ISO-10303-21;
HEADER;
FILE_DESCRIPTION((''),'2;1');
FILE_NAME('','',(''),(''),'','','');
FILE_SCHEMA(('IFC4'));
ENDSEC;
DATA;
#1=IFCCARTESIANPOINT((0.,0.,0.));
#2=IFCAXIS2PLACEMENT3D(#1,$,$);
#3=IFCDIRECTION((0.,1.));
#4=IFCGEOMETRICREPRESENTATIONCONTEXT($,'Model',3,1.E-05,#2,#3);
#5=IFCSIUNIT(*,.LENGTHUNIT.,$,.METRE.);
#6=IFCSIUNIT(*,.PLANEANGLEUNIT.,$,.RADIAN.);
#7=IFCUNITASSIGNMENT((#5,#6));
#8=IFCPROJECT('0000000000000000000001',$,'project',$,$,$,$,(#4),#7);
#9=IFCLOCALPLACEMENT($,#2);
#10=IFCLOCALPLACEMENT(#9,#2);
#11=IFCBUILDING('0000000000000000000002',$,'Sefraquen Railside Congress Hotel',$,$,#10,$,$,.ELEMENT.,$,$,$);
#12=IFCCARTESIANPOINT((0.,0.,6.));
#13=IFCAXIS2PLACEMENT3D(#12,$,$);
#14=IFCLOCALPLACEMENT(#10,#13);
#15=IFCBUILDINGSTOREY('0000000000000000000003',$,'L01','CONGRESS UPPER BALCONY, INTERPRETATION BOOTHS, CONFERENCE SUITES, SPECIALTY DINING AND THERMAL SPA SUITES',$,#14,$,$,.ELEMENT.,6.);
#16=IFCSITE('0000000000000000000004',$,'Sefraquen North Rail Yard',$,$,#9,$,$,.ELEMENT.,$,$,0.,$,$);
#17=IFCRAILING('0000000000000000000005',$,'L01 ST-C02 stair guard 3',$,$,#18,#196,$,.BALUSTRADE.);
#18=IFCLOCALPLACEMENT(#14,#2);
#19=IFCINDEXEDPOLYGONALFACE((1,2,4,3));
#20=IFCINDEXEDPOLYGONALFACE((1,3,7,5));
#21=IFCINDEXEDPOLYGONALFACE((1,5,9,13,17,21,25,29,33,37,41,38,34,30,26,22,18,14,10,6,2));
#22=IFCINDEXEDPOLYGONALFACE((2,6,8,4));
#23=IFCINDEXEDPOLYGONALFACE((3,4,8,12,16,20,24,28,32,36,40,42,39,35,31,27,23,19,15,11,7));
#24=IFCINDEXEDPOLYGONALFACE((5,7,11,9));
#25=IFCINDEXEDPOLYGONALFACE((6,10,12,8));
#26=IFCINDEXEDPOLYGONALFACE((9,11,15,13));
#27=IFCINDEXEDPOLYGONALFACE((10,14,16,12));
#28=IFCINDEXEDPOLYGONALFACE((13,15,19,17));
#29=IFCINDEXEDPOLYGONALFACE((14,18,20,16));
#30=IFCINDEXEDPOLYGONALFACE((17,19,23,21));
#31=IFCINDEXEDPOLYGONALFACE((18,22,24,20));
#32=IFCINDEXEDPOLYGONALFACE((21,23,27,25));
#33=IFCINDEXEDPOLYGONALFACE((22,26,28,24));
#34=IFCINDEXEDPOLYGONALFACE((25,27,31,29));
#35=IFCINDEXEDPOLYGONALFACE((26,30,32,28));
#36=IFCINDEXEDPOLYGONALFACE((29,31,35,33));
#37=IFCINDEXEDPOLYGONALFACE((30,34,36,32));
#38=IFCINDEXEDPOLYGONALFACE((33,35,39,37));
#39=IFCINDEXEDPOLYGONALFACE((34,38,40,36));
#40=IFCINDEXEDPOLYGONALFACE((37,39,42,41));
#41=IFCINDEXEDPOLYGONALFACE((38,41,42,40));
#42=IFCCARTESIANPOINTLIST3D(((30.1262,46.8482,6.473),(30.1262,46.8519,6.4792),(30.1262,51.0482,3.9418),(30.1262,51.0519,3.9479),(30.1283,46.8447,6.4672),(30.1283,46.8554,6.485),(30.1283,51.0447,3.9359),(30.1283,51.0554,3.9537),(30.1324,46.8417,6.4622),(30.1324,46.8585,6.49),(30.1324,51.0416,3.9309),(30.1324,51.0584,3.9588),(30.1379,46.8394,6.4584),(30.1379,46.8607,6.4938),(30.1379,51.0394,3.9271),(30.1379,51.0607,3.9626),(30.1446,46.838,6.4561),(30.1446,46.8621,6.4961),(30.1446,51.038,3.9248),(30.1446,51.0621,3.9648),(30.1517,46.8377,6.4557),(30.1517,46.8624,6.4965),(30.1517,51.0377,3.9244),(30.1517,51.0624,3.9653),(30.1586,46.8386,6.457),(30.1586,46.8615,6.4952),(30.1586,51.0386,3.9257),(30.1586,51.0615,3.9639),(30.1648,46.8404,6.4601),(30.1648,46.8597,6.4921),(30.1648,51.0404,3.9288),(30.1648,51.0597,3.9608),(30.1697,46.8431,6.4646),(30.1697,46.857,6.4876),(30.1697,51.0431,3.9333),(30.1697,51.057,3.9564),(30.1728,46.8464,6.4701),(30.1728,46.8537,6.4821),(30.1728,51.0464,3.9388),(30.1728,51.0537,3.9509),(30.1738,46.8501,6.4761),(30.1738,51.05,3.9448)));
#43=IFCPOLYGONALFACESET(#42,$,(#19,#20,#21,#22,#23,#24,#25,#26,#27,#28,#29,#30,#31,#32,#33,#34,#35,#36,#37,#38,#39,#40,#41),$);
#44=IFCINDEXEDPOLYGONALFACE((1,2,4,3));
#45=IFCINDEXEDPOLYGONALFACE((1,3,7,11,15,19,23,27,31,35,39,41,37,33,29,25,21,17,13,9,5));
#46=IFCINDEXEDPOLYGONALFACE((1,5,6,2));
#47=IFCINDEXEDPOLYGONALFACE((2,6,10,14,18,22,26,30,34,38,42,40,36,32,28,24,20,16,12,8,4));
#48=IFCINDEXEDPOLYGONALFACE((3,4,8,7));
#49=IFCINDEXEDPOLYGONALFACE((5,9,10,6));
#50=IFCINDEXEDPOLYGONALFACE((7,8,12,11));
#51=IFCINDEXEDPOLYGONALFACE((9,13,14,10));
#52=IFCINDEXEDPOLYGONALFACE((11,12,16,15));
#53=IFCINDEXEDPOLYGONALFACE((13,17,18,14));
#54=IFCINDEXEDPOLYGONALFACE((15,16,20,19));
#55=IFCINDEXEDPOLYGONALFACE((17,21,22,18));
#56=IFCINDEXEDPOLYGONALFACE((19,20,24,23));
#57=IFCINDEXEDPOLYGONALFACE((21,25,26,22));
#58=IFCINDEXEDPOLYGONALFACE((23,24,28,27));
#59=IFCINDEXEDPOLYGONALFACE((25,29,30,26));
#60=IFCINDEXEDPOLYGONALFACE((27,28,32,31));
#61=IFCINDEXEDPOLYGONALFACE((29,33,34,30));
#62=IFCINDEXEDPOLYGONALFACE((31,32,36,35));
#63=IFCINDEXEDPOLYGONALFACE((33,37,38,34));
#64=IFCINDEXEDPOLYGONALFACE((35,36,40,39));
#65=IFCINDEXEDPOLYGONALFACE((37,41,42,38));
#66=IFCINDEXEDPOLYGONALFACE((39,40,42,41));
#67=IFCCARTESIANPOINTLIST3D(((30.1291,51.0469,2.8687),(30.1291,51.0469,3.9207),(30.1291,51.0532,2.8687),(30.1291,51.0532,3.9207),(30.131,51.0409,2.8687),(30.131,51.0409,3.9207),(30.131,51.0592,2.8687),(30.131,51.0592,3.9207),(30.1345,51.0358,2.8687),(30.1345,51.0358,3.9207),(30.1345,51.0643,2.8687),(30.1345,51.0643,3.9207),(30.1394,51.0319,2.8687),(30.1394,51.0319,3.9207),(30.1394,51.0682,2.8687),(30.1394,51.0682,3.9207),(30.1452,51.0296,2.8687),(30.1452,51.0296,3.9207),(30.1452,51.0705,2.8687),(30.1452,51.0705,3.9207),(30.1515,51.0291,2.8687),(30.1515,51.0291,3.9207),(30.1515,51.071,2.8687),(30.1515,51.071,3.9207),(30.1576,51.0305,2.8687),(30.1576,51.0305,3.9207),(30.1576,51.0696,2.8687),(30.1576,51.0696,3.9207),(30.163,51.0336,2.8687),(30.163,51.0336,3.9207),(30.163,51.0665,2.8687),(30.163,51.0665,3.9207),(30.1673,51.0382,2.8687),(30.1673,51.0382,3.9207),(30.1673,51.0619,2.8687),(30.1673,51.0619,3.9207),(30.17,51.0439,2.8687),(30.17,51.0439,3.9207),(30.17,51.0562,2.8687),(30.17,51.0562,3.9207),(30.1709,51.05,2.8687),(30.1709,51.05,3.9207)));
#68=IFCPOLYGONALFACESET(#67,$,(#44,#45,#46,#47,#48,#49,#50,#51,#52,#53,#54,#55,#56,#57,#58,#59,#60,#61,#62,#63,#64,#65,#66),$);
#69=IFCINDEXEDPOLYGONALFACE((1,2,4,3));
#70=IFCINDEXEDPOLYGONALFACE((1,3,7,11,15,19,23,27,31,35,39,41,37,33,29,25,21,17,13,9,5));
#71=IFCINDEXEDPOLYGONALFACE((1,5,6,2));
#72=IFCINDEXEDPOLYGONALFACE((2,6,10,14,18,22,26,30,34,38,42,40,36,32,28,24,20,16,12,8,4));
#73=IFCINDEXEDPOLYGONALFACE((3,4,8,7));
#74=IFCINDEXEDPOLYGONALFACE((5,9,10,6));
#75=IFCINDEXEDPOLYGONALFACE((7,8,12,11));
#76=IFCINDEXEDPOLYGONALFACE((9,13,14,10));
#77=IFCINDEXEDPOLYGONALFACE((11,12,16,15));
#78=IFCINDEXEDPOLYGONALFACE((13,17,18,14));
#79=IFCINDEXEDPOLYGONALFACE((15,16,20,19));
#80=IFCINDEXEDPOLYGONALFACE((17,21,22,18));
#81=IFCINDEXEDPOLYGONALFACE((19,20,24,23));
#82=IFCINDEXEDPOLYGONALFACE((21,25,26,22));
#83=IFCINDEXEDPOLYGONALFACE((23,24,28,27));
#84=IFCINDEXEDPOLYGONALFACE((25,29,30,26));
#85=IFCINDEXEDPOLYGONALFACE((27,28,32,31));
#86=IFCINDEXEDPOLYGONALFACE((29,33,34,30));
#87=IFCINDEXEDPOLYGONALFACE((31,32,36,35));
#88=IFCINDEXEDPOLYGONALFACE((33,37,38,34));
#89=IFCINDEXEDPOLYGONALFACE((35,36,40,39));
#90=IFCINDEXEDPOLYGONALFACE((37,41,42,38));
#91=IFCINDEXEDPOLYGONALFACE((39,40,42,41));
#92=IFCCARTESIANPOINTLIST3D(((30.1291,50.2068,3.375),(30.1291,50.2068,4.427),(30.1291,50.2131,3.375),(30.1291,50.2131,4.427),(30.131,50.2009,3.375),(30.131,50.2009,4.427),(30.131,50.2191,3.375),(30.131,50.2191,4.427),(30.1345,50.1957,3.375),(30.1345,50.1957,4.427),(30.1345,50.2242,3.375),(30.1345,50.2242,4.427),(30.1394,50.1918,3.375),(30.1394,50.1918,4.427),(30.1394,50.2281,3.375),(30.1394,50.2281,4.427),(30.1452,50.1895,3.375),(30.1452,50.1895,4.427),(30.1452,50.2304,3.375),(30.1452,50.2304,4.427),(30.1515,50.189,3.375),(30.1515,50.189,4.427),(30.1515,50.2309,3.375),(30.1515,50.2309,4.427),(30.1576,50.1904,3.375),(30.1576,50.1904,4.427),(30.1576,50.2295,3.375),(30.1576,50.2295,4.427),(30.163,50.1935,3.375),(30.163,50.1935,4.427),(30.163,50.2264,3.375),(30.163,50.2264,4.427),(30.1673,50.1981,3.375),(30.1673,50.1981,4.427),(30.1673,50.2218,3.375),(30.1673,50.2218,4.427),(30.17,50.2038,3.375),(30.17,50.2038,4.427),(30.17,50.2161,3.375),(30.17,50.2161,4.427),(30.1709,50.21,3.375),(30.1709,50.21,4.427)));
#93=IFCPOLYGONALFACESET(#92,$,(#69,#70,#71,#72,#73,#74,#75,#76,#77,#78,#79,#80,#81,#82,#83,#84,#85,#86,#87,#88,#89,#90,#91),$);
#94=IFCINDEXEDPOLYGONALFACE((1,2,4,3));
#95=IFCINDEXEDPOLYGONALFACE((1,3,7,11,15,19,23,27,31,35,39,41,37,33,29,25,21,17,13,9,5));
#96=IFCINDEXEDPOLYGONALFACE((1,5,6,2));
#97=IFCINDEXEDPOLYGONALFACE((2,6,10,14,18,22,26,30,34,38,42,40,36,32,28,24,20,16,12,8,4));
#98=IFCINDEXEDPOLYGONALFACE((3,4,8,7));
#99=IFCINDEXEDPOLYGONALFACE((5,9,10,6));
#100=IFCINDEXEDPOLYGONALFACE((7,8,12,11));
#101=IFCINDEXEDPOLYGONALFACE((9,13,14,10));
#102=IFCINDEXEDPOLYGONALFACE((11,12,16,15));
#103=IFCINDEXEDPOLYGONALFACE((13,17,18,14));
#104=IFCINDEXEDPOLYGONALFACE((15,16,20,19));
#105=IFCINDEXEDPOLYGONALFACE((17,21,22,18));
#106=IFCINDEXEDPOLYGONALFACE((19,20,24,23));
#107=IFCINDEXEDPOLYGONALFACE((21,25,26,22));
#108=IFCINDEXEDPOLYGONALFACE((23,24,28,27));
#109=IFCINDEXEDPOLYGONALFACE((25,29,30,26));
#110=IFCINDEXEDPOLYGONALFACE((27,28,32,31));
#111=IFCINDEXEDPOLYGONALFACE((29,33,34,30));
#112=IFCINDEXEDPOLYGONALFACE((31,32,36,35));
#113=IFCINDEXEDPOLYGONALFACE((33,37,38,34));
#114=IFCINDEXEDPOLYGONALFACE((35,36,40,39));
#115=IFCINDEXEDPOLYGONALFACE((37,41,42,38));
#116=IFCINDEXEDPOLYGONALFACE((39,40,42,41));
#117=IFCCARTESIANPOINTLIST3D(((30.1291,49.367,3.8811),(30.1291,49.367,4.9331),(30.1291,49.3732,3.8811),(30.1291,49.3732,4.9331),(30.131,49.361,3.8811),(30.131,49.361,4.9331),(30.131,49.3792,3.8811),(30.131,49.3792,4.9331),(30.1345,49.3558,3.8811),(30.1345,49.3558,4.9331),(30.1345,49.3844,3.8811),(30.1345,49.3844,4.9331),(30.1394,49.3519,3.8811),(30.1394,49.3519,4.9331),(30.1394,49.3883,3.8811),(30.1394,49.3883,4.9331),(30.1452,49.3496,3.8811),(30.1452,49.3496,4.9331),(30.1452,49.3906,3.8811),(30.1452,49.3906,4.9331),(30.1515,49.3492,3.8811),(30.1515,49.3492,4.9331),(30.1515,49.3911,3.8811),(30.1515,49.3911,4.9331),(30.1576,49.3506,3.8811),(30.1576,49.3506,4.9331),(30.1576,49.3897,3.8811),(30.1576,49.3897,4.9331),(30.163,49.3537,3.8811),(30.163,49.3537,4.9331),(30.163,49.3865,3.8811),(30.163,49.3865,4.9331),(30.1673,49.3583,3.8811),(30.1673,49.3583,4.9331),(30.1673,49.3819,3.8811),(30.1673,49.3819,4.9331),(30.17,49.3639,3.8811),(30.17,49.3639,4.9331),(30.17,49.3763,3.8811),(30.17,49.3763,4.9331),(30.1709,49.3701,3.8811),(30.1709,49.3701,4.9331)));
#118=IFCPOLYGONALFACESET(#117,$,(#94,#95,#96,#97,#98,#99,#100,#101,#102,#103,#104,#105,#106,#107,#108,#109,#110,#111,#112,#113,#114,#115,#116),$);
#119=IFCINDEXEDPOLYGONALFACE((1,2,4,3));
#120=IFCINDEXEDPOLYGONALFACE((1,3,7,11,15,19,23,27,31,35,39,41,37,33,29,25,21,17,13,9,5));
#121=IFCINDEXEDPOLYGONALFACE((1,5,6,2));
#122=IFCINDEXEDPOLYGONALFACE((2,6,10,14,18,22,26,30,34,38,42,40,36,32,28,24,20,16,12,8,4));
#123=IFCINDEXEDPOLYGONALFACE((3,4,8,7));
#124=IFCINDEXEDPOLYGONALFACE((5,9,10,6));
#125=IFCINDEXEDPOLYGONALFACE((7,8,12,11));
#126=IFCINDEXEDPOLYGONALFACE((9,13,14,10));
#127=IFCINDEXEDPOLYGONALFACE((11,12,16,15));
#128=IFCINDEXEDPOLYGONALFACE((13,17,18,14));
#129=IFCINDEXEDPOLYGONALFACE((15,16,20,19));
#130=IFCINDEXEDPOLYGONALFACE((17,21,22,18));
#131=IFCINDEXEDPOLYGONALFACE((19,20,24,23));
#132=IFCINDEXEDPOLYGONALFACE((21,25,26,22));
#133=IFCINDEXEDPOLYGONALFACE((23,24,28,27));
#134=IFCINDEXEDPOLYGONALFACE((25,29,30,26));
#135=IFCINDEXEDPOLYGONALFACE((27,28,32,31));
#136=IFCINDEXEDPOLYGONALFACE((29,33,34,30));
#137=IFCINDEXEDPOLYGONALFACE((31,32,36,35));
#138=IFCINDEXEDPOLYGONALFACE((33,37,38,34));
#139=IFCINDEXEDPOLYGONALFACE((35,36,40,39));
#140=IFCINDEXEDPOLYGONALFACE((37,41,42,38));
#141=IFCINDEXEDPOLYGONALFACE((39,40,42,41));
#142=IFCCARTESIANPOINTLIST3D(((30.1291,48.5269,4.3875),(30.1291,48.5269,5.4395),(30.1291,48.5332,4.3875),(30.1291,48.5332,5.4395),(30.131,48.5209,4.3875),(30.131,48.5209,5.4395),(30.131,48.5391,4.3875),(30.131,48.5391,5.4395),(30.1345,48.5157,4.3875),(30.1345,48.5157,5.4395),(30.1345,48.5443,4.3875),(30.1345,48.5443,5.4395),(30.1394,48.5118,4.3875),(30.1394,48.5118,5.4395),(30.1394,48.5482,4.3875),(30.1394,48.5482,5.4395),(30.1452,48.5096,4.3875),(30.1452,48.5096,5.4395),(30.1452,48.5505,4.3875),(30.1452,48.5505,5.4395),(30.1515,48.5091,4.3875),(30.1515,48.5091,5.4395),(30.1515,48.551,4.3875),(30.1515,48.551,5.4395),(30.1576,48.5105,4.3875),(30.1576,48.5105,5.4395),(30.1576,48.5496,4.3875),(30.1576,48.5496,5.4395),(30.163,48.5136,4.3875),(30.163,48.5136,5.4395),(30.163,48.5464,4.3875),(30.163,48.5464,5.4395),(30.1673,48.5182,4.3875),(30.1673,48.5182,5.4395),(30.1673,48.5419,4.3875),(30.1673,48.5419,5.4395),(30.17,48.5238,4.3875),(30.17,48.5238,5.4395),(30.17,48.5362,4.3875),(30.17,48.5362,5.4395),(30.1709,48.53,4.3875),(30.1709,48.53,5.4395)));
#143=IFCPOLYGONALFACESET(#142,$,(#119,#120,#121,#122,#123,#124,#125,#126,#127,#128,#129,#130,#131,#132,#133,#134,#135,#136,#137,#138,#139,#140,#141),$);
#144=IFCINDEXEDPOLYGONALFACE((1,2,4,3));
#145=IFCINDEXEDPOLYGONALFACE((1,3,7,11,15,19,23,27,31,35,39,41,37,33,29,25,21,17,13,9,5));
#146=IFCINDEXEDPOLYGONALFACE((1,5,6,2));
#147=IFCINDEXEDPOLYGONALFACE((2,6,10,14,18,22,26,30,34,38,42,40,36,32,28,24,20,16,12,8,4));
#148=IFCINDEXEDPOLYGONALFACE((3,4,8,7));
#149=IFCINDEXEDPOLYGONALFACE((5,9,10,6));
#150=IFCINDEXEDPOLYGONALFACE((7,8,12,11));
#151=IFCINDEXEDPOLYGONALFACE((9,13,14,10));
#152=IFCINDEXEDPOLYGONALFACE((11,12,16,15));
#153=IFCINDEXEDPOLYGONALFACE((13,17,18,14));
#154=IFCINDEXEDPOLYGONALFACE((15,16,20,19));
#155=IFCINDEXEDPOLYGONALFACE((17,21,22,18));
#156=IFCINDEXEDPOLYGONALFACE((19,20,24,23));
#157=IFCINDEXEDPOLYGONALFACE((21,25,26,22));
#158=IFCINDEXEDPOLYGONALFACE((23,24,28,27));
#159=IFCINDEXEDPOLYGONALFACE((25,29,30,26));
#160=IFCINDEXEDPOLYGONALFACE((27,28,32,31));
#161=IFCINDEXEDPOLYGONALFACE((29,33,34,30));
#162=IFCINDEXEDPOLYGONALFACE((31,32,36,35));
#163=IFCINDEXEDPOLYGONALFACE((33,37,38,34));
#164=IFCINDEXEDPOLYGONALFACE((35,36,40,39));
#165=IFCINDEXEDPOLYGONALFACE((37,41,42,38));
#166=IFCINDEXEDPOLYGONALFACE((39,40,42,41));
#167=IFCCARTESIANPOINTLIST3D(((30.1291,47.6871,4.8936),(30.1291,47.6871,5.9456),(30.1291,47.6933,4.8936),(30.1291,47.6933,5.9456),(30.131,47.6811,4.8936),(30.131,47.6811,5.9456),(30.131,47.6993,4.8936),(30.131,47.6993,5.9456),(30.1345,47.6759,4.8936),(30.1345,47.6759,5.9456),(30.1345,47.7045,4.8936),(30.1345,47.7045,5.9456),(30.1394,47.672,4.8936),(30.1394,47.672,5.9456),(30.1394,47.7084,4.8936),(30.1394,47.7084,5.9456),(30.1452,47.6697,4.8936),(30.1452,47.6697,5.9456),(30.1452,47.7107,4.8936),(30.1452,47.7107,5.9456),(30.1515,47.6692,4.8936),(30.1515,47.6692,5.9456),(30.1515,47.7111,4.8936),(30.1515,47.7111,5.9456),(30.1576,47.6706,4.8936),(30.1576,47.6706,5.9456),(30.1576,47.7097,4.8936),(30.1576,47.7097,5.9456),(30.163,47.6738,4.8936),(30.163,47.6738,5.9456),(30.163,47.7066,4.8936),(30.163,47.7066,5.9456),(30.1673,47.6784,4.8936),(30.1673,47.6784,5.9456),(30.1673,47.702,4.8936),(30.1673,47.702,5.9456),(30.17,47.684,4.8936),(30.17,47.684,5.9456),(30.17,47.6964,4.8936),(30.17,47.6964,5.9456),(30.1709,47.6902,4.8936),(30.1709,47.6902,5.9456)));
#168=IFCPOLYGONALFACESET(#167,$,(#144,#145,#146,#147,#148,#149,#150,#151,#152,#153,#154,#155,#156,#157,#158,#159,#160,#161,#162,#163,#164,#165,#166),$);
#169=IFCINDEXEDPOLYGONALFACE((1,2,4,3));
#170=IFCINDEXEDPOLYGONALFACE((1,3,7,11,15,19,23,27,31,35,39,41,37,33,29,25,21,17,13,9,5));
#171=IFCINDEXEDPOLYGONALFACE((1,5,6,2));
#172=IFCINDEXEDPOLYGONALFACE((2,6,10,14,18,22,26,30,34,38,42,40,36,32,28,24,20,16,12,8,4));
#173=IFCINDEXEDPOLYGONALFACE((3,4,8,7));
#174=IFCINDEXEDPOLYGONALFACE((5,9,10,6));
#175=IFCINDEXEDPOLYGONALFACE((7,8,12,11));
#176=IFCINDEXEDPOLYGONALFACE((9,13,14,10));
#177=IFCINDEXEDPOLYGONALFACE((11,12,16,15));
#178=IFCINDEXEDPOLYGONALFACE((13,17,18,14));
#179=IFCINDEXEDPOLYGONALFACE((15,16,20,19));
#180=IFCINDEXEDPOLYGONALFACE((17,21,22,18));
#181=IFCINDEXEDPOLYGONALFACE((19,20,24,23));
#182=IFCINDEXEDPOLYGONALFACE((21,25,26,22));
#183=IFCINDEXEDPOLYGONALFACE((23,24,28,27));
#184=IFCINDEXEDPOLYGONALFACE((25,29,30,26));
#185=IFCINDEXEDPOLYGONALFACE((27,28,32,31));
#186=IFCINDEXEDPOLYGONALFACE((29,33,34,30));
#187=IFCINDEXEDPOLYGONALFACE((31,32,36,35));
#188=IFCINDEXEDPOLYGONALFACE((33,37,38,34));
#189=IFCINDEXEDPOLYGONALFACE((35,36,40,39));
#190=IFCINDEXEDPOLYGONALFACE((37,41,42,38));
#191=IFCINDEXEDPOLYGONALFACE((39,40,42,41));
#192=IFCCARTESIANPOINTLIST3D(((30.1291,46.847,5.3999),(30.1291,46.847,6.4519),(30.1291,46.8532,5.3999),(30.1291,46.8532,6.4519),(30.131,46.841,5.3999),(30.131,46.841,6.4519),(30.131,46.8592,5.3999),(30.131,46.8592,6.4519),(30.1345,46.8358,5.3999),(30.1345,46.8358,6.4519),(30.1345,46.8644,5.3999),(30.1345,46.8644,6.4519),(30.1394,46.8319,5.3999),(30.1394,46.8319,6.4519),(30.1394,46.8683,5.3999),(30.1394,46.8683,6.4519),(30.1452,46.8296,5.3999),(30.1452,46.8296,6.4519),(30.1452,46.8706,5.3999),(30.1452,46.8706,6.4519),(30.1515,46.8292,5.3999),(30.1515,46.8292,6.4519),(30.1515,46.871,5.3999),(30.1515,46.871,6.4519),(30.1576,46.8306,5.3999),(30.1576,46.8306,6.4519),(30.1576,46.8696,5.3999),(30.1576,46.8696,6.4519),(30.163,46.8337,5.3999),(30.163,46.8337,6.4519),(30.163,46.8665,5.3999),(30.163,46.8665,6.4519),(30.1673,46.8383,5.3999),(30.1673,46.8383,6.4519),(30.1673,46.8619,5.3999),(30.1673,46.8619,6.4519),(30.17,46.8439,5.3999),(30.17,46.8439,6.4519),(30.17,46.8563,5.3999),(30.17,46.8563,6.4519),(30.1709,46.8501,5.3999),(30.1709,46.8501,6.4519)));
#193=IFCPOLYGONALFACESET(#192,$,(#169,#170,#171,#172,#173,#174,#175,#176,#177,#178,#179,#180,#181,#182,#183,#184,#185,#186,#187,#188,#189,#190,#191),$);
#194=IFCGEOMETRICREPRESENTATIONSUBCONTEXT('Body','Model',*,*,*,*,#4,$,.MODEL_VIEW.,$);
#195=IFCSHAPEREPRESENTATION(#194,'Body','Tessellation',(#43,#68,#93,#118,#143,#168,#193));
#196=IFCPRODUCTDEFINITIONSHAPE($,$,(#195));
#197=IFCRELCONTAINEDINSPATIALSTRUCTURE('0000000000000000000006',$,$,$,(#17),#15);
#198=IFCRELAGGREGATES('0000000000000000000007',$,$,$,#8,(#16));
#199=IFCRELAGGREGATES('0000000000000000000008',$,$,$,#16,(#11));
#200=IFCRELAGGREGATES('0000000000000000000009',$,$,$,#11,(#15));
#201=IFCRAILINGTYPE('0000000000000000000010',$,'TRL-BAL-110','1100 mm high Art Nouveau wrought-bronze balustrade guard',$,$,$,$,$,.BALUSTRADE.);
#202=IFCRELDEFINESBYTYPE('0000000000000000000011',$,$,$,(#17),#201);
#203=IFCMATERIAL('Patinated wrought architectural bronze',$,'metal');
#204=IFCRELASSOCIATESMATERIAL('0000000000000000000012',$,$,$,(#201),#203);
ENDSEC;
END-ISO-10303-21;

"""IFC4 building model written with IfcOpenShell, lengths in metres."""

from ifc_helpers import new_model, si_unit, direction, frame, origin, origin_2d, place, context, subcontext, project, spatial, circle, extrude, material, type_object, element, save


model = new_model("IFC4")

# Units and contexts
model_context = context("Model", 3, precision=1e-05, world=origin(), true_north=direction((0.0, 1.0)))
body_context = subcontext(model_context, "Body", "Model", "MODEL_VIEW")
ifc_project = project(units=[si_unit("LENGTHUNIT", "METRE"), si_unit("PLANEANGLEUNIT", "RADIAN")], contexts=[model_context])

# Site, building, storey
site_placement = place(None, origin())
site = spatial("IfcSite", under=ifc_project, at=site_placement, Name="Sefraquen North Rail Yard", CompositionType="ELEMENT", RefElevation=0.0)
building_placement = place(site_placement, origin())
building = spatial("IfcBuilding", under=site, at=building_placement, Name="Sefraquen Railside Congress Hotel", CompositionType="ELEMENT")
storey_placement = place(building_placement, frame((0.0, 0.0, 6.0)))
storey = spatial("IfcBuildingStorey", under=building, at=storey_placement, Name="L01", Description="CONGRESS UPPER BALCONY, INTERPRETATION BOOTHS, CONFERENCE SUITES, SPECIALTY DINING AND THERMAL SPA SUITES", CompositionType="ELEMENT", Elevation=6.0)

# Railing
ifc_material_1 = material(Name="Patinated wrought architectural bronze", Category="metal")
railing_type_1 = type_object("IfcRailingType", Name="TRL-BAL-110", Description="1100 mm high Art Nouveau wrought-bronze balustrade guard", PredefinedType="BALUSTRADE", material=ifc_material_1)
railing_1_placement = place(storey_placement, frame((30.1499, 51.05, 2.8687)))
element("IfcRailing", 1, at=railing_1_placement, inside=storey, type_object=railing_type_1, Name="L01 ST-C02 stair guard 3", PredefinedType="BALUSTRADE", context=body_context, shape_type="SweptSolid", body=[
    extrude(circle(Radius=0.0239, at=origin_2d()), frame((0.0, 0.0, 1.0762), z_axis=(0.0, -0.856476, 0.516186), x_axis=(1.0, 0.0, 0.0)), (0.0, 0.0, 1.0), 4.9038),
    extrude(circle(Radius=0.021, at=origin_2d()), origin(), (0.0, 0.0, 1.0), 1.052),
    extrude(circle(Radius=0.021, at=origin_2d()), frame((0.0, -0.8401, 0.5063)), (0.0, 0.0, 1.0), 1.052),
    extrude(circle(Radius=0.021, at=origin_2d()), frame((0.0, -1.6799, 1.0125)), (0.0, 0.0, 1.0), 1.052),
    extrude(circle(Radius=0.021, at=origin_2d()), frame((0.0, -2.52, 1.5188)), (0.0, 0.0, 1.0), 1.052),
    extrude(circle(Radius=0.021, at=origin_2d()), frame((0.0, -3.3599, 2.0249)), (0.0, 0.0, 1.0), 1.052),
    extrude(circle(Radius=0.021, at=origin_2d()), frame((0.0, -4.2, 2.5312)), (0.0, 0.0, 1.0), 1.052),
])

save(model, "model.ifc")
